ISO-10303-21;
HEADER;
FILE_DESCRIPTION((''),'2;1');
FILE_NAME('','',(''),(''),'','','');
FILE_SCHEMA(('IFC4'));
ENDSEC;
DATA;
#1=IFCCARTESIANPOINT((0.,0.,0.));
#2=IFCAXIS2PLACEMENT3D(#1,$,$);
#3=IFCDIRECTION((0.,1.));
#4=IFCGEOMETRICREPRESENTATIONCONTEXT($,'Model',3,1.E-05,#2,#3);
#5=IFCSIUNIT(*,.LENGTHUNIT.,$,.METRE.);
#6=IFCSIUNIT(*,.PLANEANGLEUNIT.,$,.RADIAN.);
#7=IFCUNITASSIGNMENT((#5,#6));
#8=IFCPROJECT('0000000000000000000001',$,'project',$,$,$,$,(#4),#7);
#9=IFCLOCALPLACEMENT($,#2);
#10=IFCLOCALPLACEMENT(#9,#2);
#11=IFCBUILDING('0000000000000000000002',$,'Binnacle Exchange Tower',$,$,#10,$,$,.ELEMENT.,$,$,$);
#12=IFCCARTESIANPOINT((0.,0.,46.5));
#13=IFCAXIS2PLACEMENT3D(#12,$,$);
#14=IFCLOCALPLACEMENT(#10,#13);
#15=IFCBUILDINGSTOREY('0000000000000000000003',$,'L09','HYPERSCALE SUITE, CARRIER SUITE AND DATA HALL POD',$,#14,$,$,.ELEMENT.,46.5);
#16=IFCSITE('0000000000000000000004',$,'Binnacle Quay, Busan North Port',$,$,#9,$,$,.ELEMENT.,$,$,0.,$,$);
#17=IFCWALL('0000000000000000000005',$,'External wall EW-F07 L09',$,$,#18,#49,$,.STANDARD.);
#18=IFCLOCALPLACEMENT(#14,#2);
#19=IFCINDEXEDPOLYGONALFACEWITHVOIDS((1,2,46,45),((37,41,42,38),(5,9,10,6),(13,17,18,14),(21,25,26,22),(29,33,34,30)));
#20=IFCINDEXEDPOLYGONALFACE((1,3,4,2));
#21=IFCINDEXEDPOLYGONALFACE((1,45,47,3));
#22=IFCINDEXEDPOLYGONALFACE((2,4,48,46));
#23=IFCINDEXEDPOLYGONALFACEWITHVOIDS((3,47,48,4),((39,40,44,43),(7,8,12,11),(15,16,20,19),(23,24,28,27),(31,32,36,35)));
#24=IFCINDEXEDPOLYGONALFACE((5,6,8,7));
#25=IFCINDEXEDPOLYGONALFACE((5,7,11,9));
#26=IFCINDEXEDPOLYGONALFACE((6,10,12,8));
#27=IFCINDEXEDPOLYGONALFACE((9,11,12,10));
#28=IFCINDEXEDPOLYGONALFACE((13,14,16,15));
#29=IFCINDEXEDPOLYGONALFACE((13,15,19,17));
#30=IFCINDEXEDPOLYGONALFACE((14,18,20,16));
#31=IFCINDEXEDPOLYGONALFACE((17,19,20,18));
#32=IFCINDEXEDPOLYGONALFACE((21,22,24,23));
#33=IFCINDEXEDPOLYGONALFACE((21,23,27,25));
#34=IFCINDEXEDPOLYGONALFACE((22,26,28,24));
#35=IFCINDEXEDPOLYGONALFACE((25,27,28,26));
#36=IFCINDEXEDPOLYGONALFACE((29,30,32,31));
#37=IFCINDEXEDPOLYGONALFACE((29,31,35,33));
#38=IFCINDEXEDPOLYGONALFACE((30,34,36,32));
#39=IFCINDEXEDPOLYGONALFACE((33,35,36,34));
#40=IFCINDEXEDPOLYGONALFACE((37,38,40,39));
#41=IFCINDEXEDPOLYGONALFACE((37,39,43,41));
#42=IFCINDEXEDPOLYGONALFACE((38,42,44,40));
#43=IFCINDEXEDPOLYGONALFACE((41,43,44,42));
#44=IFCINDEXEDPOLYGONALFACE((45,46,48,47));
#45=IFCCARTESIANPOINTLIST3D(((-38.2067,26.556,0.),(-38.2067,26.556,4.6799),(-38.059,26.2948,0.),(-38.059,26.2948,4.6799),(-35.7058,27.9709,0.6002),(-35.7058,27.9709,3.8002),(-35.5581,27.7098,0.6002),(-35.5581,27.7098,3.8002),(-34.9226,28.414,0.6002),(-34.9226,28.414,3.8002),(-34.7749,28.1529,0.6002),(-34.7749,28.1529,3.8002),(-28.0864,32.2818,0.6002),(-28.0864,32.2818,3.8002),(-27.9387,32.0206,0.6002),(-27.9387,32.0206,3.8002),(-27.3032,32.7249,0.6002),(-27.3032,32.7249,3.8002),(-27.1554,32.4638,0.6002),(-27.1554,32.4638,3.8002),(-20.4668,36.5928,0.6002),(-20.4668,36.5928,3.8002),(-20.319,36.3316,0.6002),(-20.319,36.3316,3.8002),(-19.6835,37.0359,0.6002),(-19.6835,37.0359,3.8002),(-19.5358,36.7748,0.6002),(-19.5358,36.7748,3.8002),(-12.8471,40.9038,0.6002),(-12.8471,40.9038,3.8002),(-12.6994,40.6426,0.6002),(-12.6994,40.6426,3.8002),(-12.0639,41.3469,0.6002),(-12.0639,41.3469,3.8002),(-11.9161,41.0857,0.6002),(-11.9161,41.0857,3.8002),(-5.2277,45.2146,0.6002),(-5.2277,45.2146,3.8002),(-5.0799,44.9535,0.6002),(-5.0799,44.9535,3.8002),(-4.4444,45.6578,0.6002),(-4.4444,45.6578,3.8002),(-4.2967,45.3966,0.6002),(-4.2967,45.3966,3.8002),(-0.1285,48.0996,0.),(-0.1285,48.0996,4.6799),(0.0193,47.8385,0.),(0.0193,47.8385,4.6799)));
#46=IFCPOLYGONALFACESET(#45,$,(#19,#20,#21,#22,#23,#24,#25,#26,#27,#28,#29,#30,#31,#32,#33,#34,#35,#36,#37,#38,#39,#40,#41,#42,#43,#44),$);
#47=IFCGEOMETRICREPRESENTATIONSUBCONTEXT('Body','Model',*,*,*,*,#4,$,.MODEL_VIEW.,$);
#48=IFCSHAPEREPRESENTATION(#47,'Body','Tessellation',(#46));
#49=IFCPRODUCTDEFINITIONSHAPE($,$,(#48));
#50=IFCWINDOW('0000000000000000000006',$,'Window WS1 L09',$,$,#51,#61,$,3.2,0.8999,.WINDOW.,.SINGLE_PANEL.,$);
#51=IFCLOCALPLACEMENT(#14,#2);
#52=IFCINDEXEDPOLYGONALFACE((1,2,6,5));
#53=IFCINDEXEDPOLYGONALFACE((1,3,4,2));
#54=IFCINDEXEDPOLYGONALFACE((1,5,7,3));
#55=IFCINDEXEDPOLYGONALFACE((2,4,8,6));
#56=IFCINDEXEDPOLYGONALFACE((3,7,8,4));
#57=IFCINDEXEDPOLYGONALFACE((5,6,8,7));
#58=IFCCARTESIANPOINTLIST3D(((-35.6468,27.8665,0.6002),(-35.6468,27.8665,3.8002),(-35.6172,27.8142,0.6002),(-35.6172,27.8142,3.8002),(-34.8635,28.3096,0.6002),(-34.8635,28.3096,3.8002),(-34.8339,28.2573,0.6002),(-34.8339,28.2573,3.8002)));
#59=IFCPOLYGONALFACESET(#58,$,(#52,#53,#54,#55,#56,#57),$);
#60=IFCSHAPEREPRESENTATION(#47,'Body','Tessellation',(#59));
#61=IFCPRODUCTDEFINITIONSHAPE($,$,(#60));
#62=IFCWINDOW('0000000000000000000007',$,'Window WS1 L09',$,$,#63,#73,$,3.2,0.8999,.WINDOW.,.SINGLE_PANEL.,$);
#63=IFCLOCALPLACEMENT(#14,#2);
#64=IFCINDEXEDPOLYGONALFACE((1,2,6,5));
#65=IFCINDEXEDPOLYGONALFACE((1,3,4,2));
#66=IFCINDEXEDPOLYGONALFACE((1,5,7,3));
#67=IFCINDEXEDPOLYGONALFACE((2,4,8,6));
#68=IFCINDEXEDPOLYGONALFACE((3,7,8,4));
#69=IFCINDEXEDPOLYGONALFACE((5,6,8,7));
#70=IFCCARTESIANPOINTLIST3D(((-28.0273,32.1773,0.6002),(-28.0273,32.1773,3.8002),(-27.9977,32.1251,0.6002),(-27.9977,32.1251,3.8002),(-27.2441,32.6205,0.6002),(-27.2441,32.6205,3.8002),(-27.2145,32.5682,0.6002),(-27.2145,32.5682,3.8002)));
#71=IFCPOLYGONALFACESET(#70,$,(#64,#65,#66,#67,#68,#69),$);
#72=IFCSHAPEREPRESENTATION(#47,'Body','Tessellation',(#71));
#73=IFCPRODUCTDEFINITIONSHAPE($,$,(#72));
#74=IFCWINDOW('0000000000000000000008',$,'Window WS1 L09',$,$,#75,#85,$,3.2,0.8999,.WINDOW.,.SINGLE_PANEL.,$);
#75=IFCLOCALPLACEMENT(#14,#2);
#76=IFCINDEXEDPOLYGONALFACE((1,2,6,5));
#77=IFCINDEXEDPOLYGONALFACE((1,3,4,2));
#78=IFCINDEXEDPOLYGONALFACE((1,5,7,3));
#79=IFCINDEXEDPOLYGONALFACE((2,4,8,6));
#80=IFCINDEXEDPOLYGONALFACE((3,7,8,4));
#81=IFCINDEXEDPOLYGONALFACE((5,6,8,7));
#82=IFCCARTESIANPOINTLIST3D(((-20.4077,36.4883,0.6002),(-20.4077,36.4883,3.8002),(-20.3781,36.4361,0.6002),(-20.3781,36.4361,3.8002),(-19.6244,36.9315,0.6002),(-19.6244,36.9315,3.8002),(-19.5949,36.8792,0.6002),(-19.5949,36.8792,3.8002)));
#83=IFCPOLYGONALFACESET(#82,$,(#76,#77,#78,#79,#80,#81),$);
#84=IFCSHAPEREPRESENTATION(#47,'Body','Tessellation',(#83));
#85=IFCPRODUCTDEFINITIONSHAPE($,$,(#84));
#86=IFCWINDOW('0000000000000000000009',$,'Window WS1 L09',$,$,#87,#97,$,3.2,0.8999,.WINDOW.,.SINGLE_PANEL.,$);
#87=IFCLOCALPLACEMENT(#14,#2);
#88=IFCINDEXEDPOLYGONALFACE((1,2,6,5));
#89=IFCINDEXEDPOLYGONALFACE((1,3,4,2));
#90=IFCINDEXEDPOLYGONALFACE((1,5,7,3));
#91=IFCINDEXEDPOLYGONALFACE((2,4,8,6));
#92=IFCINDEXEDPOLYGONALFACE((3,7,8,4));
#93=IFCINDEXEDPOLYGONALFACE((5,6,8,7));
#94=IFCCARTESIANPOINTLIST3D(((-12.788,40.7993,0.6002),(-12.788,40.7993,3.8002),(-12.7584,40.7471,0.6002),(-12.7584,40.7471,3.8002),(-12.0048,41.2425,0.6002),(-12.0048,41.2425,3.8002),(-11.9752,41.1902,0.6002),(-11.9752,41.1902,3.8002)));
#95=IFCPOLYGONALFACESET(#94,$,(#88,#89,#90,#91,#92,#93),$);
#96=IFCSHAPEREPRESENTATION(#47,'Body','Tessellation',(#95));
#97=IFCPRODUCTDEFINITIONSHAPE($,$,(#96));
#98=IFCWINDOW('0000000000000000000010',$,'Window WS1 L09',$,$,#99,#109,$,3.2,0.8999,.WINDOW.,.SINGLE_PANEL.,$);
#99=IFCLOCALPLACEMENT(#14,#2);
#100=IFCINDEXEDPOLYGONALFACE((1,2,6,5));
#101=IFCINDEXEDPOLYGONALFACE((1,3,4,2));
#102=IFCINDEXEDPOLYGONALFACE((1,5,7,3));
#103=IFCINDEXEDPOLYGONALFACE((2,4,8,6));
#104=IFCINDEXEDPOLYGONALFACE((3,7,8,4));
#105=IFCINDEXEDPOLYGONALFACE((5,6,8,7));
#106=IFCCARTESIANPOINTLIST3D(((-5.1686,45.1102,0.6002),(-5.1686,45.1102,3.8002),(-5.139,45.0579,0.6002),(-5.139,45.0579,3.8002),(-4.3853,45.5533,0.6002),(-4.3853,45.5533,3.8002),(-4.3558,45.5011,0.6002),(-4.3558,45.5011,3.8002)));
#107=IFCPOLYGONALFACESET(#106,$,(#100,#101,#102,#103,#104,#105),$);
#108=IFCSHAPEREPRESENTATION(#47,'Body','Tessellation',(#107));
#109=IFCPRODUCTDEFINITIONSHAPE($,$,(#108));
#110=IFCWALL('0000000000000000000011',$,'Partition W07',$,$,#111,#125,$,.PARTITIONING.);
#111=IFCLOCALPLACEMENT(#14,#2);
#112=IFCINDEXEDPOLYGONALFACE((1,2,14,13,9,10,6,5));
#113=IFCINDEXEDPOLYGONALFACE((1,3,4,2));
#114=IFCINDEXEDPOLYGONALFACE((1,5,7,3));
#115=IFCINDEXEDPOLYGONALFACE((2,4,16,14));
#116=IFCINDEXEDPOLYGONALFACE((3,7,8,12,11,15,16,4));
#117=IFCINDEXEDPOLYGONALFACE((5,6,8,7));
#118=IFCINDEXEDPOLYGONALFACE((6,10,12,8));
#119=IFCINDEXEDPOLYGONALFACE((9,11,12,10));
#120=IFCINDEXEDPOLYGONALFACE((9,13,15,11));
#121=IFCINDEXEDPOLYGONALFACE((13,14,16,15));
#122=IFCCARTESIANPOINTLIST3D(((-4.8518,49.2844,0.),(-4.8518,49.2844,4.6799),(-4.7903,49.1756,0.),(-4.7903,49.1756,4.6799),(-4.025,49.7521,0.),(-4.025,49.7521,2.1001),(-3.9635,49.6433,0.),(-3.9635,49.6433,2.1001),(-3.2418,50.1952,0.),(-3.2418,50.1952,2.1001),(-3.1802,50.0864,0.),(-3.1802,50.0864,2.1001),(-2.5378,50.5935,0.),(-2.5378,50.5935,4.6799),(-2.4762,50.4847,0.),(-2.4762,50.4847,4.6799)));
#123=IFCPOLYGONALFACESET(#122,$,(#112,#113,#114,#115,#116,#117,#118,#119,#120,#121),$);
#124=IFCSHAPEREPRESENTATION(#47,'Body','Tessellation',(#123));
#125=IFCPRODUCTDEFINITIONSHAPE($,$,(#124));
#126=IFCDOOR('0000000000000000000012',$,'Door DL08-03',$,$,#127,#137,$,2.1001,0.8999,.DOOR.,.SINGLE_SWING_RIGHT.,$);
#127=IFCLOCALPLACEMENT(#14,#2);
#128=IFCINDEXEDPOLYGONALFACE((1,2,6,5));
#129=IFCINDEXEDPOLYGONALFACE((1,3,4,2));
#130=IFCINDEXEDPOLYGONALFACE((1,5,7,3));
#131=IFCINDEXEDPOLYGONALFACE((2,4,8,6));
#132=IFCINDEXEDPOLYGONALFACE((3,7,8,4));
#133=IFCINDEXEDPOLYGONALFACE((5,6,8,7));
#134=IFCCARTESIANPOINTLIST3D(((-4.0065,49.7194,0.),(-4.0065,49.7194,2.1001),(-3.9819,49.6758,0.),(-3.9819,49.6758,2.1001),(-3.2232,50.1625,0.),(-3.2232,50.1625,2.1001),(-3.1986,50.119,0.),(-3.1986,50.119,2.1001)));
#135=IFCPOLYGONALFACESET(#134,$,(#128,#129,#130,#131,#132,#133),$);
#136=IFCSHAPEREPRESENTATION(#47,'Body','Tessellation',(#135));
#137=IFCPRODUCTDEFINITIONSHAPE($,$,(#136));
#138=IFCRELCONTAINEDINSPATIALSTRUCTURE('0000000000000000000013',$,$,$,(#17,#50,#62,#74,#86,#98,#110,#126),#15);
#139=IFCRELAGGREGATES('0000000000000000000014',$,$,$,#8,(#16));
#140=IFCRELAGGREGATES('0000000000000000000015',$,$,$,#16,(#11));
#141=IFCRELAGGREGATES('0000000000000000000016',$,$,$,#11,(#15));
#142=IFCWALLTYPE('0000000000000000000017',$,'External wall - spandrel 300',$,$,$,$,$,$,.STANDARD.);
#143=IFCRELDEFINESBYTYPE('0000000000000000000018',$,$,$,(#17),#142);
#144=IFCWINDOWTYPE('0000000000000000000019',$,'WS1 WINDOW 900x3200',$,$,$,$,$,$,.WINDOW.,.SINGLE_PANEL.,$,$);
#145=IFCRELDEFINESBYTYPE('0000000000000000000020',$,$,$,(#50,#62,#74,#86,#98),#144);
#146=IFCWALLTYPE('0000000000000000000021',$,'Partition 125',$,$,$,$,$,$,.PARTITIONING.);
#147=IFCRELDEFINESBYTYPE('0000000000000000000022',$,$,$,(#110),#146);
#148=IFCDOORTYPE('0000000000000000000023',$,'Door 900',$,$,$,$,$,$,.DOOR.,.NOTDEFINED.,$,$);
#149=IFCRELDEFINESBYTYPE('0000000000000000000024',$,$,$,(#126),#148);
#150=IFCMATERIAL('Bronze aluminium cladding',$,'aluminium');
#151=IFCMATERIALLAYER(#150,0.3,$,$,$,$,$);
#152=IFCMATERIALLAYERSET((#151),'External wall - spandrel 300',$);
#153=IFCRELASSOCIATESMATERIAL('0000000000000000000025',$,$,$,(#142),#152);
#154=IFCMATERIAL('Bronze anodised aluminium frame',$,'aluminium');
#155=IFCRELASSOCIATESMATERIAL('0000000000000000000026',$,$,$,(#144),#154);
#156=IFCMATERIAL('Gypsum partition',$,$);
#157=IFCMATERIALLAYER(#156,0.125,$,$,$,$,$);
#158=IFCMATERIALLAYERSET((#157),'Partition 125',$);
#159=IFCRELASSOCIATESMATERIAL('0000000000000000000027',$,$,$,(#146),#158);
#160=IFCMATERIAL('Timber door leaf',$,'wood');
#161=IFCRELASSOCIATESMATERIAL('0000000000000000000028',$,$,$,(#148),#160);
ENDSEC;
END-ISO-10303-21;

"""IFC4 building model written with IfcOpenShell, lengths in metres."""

from ifc_helpers import new_model, si_unit, direction, frame, frame_2d, origin, place, context, subcontext, project, spatial, rectangle, extrude, material, layer, layer_set, type_object, element, fill, save


model = new_model("IFC4")

# Units and contexts
model_context = context("Model", 3, precision=1e-05, world=origin(), true_north=direction((0.0, 1.0)))
body_context = subcontext(model_context, "Body", "Model", "MODEL_VIEW")
ifc_project = project(units=[si_unit("LENGTHUNIT", "METRE"), si_unit("PLANEANGLEUNIT", "RADIAN")], contexts=[model_context])

# Site, building, storey
site_placement = place(None, origin())
site = spatial("IfcSite", under=ifc_project, at=site_placement, Name="Binnacle Quay, Busan North Port", CompositionType="ELEMENT", RefElevation=0.0)
building_placement = place(site_placement, origin())
building = spatial("IfcBuilding", under=site, at=building_placement, Name="Binnacle Exchange Tower", CompositionType="ELEMENT")
storey_placement = place(building_placement, frame((0.0, 0.0, 46.5)))
storey = spatial("IfcBuildingStorey", under=building, at=storey_placement, Name="L09", Description="HYPERSCALE SUITE, CARRIER SUITE AND DATA HALL POD", CompositionType="ELEMENT", Elevation=46.5)

# Wall, openings, windows
ifc_material_1 = material(Name="Bronze aluminium cladding", Category="aluminium")
ifc_layer_1 = layer(ifc_material_1, 0.3)
ifc_layer_set_1 = layer_set([ifc_layer_1], Name="External wall - spandrel 300")
wall_type_1 = type_object("IfcWallType", Name="External wall - spandrel 300", PredefinedType="STANDARD", material=ifc_layer_set_1)
wall_1_placement = place(storey_placement, frame((-0.0547, 47.969, 0.0), z_axis=(0.0, 0.0, 1.0), x_axis=(-0.870356, -0.492423, 0.0)))
wall_1 = element("IfcWall", 1, at=wall_1_placement, inside=storey, type_object=wall_type_1, Name="External wall EW-F07 L09", PredefinedType="STANDARD", context=body_context, shape_type="SweptSolid", body=[
    extrude(rectangle(XDim=43.7502, YDim=0.3, at=frame_2d((21.875, 0.0))), origin(), (0.0, 0.0, 1.0), 4.6799),
])
opening_1_placement = place(wall_1_placement, frame((39.9768, 0.0, 0.6001)))
opening_1 = element("IfcOpeningElement", 2, at=opening_1_placement, cuts=wall_1, PredefinedType="OPENING", context=body_context, shape_type="SweptSolid", body=[
    extrude(rectangle(XDim=0.8999, YDim=3.2, at=frame_2d((0.45, 1.6001))), frame((0.0, 0.1599, 0.0), z_axis=(0.0, -1.0, 0.0), x_axis=(1.0, 0.0, 0.0)), (0.0, 0.0, 1.0), 0.3201),
])
opening_2_placement = place(wall_1_placement, frame((31.2224, 0.0, 0.6001)))
opening_2 = element("IfcOpeningElement", 3, at=opening_2_placement, cuts=wall_1, PredefinedType="OPENING", context=body_context, shape_type="SweptSolid", body=[
    extrude(rectangle(XDim=0.8999, YDim=3.2, at=frame_2d((0.45, 1.6001))), frame((0.0, 0.1599, 0.0), z_axis=(0.0, -1.0, 0.0), x_axis=(1.0, 0.0, 0.0)), (0.0, 0.0, 1.0), 0.3201),
])
opening_3_placement = place(wall_1_placement, frame((22.4678, 0.0, 0.6001)))
opening_3 = element("IfcOpeningElement", 4, at=opening_3_placement, cuts=wall_1, PredefinedType="OPENING", context=body_context, shape_type="SweptSolid", body=[
    extrude(rectangle(XDim=0.8999, YDim=3.2, at=frame_2d((0.45, 1.6001))), frame((0.0, 0.1599, 0.0), z_axis=(0.0, -1.0, 0.0), x_axis=(1.0, 0.0, 0.0)), (0.0, 0.0, 1.0), 0.3201),
])
opening_4_placement = place(wall_1_placement, frame((13.7131, 0.0, 0.6001)))
opening_4 = element("IfcOpeningElement", 5, at=opening_4_placement, cuts=wall_1, PredefinedType="OPENING", context=body_context, shape_type="SweptSolid", body=[
    extrude(rectangle(XDim=0.8999, YDim=3.2, at=frame_2d((0.45, 1.6001))), frame((0.0, 0.1599, 0.0), z_axis=(0.0, -1.0, 0.0), x_axis=(1.0, 0.0, 0.0)), (0.0, 0.0, 1.0), 0.3201),
])
opening_5_placement = place(wall_1_placement, frame((4.9587, 0.0, 0.6001)))
opening_5 = element("IfcOpeningElement", 6, at=opening_5_placement, cuts=wall_1, PredefinedType="OPENING", context=body_context, shape_type="SweptSolid", body=[
    extrude(rectangle(XDim=0.8999, YDim=3.2, at=frame_2d((0.45, 1.6001))), frame((0.0, 0.1599, 0.0), z_axis=(0.0, -1.0, 0.0), x_axis=(1.0, 0.0, 0.0)), (0.0, 0.0, 1.0), 0.3201),
])
ifc_material_2 = material(Name="Bronze anodised aluminium frame", Category="aluminium")
window_type = type_object("IfcWindowType", Name="WS1 WINDOW 900x3200", PartitioningType="SINGLE_PANEL", PredefinedType="WINDOW", material=ifc_material_2)
window_1_placement = place(opening_1_placement, origin())
window_1 = element("IfcWindow", 7, at=window_1_placement, inside=storey, type_object=window_type, Name="Window WS1 L09", OverallHeight=3.2, OverallWidth=0.8999, PartitioningType="SINGLE_PANEL", PredefinedType="WINDOW", context=body_context, shape_type="SweptSolid", body=[
    extrude(rectangle(XDim=0.8999, YDim=3.2, at=frame_2d((0.45, 1.6001))), frame((0.0, 0.03, 0.0), z_axis=(0.0, -1.0, 0.0), x_axis=(1.0, 0.0, 0.0)), (0.0, 0.0, 1.0), 0.0601),
])
fill(opening_1, window_1)
window_2_placement = place(opening_2_placement, origin())
window_2 = element("IfcWindow", 8, at=window_2_placement, inside=storey, type_object=window_type, Name="Window WS1 L09", OverallHeight=3.2, OverallWidth=0.8999, PartitioningType="SINGLE_PANEL", PredefinedType="WINDOW", context=body_context, shape_type="SweptSolid", body=[
    extrude(rectangle(XDim=0.8999, YDim=3.2, at=frame_2d((0.45, 1.6001))), frame((0.0, 0.03, 0.0), z_axis=(0.0, -1.0, 0.0), x_axis=(1.0, 0.0, 0.0)), (0.0, 0.0, 1.0), 0.0601),
])
fill(opening_2, window_2)
window_3_placement = place(opening_3_placement, origin())
window_3 = element("IfcWindow", 9, at=window_3_placement, inside=storey, type_object=window_type, Name="Window WS1 L09", OverallHeight=3.2, OverallWidth=0.8999, PartitioningType="SINGLE_PANEL", PredefinedType="WINDOW", context=body_context, shape_type="SweptSolid", body=[
    extrude(rectangle(XDim=0.8999, YDim=3.2, at=frame_2d((0.45, 1.6001))), frame((0.0, 0.03, 0.0), z_axis=(0.0, -1.0, 0.0), x_axis=(1.0, 0.0, 0.0)), (0.0, 0.0, 1.0), 0.0601),
])
fill(opening_3, window_3)
window_4_placement = place(opening_4_placement, origin())
window_4 = element("IfcWindow", 10, at=window_4_placement, inside=storey, type_object=window_type, Name="Window WS1 L09", OverallHeight=3.2, OverallWidth=0.8999, PartitioningType="SINGLE_PANEL", PredefinedType="WINDOW", context=body_context, shape_type="SweptSolid", body=[
    extrude(rectangle(XDim=0.8999, YDim=3.2, at=frame_2d((0.45, 1.6001))), frame((0.0, 0.03, 0.0), z_axis=(0.0, -1.0, 0.0), x_axis=(1.0, 0.0, 0.0)), (0.0, 0.0, 1.0), 0.0601),
])
fill(opening_4, window_4)
window_5_placement = place(opening_5_placement, origin())
window_5 = element("IfcWindow", 11, at=window_5_placement, inside=storey, type_object=window_type, Name="Window WS1 L09", OverallHeight=3.2, OverallWidth=0.8999, PartitioningType="SINGLE_PANEL", PredefinedType="WINDOW", context=body_context, shape_type="SweptSolid", body=[
    extrude(rectangle(XDim=0.8999, YDim=3.2, at=frame_2d((0.45, 1.6001))), frame((0.0, 0.03, 0.0), z_axis=(0.0, -1.0, 0.0), x_axis=(1.0, 0.0, 0.0)), (0.0, 0.0, 1.0), 0.0601),
])
fill(opening_5, window_5)

# Wall, opening, door
ifc_material_3 = material(Name="Gypsum partition")
ifc_layer_2 = layer(ifc_material_3, 0.125)
ifc_layer_set_2 = layer_set([ifc_layer_2], Name="Partition 125")
wall_type_2 = type_object("IfcWallType", Name="Partition 125", PredefinedType="PARTITIONING", material=ifc_layer_set_2)
wall_2_placement = place(storey_placement, frame((-4.821, 49.23, 0.0), z_axis=(0.0, 0.0, 1.0), x_axis=(0.870371, 0.492396, 0.0)))
wall_2 = element("IfcWall", 12, at=wall_2_placement, inside=storey, type_object=wall_type_2, Name="Partition W07", PredefinedType="PARTITIONING", context=body_context, shape_type="SweptSolid", body=[
    extrude(rectangle(XDim=2.6587, YDim=0.125, at=frame_2d((1.3293, 0.0))), origin(), (0.0, 0.0, 1.0), 4.6799),
])
opening_6_placement = place(wall_2_placement, frame((0.95, 0.0, 0.0)))
opening_6 = element("IfcOpeningElement", 13, at=opening_6_placement, cuts=wall_2, PredefinedType="OPENING", context=body_context, shape_type="SweptSolid", body=[
    extrude(rectangle(XDim=0.8999, YDim=2.1001, at=frame_2d((0.45, 1.05))), frame((0.0, 0.0725, 0.0), z_axis=(0.0, -1.0, 0.0), x_axis=(1.0, 0.0, 0.0)), (0.0, 0.0, 1.0), 0.145),
])
ifc_material_4 = material(Name="Timber door leaf", Category="wood")
door_type_1 = type_object("IfcDoorType", Name="Door 900", OperationType="NOTDEFINED", PredefinedType="DOOR", material=ifc_material_4)
door_1_placement = place(opening_6_placement, origin())
door_1 = element("IfcDoor", 14, at=door_1_placement, inside=storey, type_object=door_type_1, Name="Door DL08-03", OperationType="SINGLE_SWING_RIGHT", OverallHeight=2.1001, OverallWidth=0.8999, PredefinedType="DOOR", context=body_context, shape_type="SweptSolid", body=[
    extrude(rectangle(XDim=0.8999, YDim=2.1001, at=frame_2d((0.45, 1.05))), frame((0.0, 0.0249, 0.0), z_axis=(0.0, -1.0, 0.0), x_axis=(1.0, 0.0, 0.0)), (0.0, 0.0, 1.0), 0.05),
])
fill(opening_6, door_1)

save(model, "model.ifc")
